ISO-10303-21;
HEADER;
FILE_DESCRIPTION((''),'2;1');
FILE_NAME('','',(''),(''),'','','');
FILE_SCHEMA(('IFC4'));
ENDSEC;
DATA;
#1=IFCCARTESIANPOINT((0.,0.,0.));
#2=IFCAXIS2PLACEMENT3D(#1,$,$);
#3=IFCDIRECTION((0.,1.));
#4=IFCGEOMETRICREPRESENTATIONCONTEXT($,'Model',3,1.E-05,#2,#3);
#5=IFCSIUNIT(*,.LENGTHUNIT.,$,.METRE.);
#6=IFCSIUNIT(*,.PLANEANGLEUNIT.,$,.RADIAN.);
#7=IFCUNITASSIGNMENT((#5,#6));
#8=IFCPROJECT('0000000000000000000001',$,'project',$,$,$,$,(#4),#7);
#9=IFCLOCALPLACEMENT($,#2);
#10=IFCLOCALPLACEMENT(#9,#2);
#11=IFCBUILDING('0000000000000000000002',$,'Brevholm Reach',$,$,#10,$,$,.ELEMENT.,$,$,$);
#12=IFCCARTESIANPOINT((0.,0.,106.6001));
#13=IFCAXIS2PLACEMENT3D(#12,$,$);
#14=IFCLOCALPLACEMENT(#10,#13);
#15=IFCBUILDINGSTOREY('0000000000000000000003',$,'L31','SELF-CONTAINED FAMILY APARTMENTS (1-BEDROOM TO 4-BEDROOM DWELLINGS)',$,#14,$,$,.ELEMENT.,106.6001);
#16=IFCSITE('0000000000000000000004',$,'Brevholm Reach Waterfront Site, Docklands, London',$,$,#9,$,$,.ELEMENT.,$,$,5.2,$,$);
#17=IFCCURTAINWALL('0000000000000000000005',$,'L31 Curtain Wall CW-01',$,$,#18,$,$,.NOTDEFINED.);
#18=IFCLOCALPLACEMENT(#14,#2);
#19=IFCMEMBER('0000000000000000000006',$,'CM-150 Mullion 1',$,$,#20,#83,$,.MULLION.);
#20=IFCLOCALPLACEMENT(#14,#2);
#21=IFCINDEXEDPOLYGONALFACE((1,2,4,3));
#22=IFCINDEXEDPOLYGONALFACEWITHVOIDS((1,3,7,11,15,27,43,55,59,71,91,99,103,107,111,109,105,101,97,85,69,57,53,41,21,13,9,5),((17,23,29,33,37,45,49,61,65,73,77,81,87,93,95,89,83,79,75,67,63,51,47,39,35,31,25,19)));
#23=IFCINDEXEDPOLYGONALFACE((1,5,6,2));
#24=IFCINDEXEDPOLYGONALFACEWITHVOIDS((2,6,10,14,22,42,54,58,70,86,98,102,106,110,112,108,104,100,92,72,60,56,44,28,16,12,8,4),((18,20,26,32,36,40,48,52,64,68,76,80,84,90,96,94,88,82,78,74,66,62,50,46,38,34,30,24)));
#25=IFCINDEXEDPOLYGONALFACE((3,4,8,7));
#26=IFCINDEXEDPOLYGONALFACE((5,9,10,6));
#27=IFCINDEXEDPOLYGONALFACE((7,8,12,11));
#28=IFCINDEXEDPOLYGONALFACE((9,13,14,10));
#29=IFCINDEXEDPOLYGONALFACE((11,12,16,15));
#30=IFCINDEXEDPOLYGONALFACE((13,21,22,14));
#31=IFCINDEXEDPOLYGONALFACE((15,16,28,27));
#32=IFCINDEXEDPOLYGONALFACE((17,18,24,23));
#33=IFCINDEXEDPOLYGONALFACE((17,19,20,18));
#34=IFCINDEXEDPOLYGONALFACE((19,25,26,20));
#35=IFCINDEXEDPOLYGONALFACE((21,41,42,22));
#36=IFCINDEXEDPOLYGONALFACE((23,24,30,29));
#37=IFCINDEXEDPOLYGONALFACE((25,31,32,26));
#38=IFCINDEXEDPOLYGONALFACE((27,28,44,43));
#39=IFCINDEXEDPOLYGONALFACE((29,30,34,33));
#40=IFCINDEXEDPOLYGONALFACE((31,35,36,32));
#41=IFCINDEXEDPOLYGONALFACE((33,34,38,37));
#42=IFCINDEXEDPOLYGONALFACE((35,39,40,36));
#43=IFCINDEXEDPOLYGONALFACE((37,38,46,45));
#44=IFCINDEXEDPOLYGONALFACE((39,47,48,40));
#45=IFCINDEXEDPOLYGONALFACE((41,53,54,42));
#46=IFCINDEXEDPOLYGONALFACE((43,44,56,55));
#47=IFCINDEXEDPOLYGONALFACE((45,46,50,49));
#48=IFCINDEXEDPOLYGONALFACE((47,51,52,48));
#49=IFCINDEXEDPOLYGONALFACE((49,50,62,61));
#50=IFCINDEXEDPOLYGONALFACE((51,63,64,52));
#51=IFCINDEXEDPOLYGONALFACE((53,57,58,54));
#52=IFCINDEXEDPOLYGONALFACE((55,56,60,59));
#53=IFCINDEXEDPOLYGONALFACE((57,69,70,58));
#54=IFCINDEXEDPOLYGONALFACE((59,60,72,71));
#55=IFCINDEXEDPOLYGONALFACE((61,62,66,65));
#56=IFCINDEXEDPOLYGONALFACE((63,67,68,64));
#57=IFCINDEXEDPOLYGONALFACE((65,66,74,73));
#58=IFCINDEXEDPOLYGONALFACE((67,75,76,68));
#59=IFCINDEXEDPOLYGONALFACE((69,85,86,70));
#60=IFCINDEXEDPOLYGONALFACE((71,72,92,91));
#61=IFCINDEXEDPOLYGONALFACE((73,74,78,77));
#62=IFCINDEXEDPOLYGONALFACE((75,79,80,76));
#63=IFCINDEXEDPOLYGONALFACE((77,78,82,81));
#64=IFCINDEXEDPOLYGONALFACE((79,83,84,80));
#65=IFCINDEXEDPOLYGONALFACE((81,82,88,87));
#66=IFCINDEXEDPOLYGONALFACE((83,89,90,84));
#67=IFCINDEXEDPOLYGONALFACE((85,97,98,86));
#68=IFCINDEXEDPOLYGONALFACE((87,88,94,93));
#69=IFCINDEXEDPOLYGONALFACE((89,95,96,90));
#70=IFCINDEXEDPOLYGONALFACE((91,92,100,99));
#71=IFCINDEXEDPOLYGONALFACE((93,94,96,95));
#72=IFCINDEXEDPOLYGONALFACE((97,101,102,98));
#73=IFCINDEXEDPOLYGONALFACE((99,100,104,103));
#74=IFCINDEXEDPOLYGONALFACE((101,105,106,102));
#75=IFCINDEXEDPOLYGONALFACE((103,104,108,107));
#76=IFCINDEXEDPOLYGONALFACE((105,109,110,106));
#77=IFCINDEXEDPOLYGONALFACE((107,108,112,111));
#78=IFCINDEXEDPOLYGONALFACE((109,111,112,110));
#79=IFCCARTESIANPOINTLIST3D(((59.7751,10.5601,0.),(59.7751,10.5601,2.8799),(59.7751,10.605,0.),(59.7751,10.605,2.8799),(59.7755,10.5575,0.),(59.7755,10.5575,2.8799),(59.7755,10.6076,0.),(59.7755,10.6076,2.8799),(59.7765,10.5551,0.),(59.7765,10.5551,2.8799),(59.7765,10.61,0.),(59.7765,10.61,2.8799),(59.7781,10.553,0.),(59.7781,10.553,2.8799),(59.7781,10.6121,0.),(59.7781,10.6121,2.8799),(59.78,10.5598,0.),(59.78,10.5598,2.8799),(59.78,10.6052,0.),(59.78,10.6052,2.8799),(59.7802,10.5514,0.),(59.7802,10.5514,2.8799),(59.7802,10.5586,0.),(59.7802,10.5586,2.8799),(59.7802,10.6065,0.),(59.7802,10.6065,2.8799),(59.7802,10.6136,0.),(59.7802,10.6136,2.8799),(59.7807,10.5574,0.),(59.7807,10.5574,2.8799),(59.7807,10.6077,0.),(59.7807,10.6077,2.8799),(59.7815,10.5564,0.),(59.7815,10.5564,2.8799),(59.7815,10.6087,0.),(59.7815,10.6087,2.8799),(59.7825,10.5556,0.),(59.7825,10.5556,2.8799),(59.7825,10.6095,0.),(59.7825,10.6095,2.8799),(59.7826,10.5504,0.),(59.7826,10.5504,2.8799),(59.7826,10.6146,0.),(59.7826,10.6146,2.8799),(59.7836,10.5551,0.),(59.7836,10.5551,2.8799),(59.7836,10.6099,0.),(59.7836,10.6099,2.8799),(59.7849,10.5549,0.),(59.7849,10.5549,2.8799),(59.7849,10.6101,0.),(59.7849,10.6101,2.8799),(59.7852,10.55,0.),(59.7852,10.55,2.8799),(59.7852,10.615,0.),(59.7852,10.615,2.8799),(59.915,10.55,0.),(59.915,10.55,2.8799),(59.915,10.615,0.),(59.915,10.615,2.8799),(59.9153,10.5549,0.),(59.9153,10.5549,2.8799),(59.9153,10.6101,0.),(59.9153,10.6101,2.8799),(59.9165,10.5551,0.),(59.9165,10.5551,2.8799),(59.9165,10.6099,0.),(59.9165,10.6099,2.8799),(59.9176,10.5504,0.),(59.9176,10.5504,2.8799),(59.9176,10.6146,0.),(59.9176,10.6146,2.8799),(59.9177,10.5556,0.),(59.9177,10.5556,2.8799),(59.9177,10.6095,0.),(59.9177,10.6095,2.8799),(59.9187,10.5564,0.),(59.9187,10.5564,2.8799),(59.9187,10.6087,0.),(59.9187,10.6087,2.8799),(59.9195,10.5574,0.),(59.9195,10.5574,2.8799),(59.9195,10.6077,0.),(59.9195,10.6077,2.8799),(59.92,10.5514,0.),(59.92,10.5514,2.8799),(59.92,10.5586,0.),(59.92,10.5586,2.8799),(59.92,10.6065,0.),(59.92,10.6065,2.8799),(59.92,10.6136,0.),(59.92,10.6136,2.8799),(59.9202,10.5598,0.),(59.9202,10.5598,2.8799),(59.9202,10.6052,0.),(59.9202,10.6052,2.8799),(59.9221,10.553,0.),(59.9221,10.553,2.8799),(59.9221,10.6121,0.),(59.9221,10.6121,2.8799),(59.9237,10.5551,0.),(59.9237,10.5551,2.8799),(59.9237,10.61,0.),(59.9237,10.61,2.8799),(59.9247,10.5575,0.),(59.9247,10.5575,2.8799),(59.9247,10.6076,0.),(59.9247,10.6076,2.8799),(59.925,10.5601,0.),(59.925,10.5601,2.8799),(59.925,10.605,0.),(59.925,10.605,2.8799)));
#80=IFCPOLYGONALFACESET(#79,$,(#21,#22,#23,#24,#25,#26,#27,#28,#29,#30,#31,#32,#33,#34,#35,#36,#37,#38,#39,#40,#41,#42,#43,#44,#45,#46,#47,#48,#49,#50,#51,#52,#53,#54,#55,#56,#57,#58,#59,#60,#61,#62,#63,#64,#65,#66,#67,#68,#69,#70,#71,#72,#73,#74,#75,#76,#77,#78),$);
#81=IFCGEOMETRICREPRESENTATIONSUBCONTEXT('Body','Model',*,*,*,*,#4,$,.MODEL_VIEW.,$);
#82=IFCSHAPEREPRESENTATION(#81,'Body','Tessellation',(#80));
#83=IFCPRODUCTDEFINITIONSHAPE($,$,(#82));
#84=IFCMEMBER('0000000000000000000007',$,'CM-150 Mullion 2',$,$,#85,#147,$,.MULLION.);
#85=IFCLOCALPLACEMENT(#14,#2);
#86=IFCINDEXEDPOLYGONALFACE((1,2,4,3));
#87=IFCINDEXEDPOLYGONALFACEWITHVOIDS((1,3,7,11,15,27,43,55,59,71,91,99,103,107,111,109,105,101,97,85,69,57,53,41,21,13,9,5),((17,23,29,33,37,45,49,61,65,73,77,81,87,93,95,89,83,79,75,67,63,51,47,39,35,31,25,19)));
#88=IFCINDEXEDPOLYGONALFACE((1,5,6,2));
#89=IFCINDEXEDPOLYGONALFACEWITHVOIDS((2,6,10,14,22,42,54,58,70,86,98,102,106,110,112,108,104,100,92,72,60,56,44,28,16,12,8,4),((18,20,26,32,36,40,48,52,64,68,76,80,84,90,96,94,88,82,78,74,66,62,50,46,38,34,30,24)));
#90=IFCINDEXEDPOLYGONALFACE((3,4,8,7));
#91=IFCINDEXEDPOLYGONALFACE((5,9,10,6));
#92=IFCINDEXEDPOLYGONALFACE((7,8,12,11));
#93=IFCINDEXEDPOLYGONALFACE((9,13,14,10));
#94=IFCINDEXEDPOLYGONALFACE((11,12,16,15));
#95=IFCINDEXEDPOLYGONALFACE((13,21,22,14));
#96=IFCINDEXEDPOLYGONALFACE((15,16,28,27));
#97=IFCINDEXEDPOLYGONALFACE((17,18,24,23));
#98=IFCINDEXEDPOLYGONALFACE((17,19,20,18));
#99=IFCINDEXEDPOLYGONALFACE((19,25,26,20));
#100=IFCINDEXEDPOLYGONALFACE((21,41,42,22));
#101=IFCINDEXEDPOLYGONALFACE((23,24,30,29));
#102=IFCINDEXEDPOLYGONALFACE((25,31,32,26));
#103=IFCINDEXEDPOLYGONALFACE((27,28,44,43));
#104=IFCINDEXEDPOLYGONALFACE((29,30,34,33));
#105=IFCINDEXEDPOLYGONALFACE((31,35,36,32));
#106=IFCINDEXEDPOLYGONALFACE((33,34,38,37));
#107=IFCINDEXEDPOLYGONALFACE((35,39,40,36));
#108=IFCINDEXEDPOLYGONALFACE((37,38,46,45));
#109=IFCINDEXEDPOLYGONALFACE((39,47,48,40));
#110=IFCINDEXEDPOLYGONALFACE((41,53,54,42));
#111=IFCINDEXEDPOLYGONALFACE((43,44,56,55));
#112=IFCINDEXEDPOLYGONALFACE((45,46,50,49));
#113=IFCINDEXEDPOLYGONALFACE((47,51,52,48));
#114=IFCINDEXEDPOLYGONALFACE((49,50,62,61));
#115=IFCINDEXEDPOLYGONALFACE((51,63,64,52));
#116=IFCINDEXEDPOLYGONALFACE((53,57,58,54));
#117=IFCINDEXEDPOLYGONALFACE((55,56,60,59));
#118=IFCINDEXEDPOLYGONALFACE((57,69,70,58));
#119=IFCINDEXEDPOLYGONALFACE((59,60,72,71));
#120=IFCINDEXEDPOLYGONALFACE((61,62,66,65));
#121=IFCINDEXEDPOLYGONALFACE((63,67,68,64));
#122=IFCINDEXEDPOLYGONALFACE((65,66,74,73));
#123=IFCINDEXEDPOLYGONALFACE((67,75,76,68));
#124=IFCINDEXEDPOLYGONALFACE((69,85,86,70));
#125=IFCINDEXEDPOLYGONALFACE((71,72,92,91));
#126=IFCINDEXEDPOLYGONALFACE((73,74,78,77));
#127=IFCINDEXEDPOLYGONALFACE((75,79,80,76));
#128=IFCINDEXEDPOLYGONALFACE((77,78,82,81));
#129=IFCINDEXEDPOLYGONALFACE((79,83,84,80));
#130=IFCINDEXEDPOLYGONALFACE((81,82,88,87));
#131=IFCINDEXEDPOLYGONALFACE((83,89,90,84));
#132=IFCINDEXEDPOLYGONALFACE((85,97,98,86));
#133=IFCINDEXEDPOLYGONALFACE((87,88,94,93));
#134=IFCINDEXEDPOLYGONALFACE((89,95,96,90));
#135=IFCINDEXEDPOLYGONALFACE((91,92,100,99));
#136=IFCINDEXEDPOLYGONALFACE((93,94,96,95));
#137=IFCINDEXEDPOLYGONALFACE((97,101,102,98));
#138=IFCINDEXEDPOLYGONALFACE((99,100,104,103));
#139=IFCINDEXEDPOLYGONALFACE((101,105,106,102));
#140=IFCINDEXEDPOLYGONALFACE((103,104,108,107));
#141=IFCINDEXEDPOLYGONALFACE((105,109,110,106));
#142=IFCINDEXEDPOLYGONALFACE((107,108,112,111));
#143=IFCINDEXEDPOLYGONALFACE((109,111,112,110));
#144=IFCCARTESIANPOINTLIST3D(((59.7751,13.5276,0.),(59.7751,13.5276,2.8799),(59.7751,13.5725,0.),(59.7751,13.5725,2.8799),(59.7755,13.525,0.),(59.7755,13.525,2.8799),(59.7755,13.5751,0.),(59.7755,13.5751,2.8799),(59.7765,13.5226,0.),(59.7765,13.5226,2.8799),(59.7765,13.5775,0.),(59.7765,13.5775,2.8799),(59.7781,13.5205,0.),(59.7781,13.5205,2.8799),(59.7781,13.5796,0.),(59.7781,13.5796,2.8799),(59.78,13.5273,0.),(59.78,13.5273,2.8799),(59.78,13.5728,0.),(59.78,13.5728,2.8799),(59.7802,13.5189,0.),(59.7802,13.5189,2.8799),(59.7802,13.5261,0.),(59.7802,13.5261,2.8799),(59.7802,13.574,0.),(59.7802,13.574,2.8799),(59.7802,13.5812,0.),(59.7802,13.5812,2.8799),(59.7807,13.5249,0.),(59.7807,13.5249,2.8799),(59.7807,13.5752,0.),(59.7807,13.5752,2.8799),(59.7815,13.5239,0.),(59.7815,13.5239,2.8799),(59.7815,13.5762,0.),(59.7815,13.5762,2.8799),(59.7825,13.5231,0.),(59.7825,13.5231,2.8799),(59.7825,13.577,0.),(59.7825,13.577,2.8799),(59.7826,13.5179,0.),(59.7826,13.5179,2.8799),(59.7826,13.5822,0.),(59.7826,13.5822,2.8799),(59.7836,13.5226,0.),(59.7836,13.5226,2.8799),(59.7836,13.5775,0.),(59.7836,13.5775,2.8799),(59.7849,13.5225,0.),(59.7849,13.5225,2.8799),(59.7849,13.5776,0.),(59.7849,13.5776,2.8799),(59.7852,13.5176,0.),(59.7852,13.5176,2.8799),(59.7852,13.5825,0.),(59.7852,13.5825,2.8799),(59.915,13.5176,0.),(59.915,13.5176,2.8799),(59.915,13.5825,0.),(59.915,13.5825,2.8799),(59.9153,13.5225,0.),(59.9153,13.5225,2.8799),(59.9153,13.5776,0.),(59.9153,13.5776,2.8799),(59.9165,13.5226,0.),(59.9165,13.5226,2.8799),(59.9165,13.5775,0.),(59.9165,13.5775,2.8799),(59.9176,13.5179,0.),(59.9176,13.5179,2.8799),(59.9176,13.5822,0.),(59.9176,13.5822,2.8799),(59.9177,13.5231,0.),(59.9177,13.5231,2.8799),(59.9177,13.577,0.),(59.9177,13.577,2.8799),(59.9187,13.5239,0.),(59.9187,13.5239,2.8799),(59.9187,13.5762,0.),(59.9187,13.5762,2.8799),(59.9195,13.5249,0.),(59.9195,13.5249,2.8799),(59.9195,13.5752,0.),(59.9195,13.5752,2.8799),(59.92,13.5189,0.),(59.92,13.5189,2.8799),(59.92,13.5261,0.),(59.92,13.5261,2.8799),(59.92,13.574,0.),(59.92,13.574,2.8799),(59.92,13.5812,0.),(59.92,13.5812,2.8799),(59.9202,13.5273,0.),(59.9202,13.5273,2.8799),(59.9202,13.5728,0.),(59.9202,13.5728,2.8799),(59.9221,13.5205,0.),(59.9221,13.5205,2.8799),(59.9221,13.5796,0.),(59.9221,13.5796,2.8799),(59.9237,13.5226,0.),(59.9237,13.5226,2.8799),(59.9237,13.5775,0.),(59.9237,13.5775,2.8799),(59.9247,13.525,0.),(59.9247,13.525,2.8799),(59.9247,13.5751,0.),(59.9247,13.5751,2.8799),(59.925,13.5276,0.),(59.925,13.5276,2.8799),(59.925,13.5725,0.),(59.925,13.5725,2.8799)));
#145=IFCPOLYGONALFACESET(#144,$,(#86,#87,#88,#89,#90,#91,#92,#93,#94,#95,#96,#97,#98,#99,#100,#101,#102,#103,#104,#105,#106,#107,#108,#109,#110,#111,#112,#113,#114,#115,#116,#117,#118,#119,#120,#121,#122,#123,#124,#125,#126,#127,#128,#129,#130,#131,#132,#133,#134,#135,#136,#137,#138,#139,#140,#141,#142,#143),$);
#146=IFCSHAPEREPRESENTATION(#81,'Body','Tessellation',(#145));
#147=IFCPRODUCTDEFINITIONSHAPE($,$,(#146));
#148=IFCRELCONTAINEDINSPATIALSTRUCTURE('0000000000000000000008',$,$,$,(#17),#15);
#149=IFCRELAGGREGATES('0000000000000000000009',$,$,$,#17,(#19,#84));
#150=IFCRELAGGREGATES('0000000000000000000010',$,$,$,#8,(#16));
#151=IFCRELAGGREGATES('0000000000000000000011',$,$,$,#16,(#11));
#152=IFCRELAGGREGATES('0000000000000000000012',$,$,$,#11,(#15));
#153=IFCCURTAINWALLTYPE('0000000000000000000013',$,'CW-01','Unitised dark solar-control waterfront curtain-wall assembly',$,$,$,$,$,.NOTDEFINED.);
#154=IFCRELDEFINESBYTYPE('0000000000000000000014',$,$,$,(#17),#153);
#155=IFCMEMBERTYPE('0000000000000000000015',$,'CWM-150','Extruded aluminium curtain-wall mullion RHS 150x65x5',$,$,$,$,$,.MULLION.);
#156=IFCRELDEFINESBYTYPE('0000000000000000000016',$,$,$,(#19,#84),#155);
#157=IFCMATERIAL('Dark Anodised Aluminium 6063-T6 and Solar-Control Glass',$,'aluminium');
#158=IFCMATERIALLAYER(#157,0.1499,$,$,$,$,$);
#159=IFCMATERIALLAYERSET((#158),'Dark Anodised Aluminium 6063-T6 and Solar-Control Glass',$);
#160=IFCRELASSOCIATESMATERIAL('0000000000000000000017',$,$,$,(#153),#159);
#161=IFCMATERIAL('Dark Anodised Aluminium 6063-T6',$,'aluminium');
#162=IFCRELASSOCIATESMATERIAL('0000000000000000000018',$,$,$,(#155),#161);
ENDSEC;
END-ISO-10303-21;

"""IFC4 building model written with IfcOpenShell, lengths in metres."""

from ifc_helpers import new_model, si_unit, direction, frame, origin, origin_2d, place, context, subcontext, project, spatial, hollow_rectangle, extrude, material, layer, layer_set, material_profile, profile_set, type_object, element, aggregate, save


model = new_model("IFC4")

# Units and contexts
model_context = context("Model", 3, precision=1e-05, world=origin(), true_north=direction((0.0, 1.0)))
body_context = subcontext(model_context, "Body", "Model", "MODEL_VIEW")
ifc_project = project(units=[si_unit("LENGTHUNIT", "METRE"), si_unit("PLANEANGLEUNIT", "RADIAN")], contexts=[model_context])

# Site, building, storey
site_placement = place(None, origin())
site = spatial("IfcSite", under=ifc_project, at=site_placement, Name="Brevholm Reach Waterfront Site, Docklands, London", CompositionType="ELEMENT", RefElevation=5.2)
building_placement = place(site_placement, origin())
building = spatial("IfcBuilding", under=site, at=building_placement, Name="Brevholm Reach", CompositionType="ELEMENT")
storey_placement = place(building_placement, frame((0.0, 0.0, 106.6001)))
storey = spatial("IfcBuildingStorey", under=building, at=storey_placement, Name="L31", Description="SELF-CONTAINED FAMILY APARTMENTS (1-BEDROOM TO 4-BEDROOM DWELLINGS)", CompositionType="ELEMENT", Elevation=106.6001)

# Curtain wall, members
ifc_material_1 = material(Name="Dark Anodised Aluminium 6063-T6 and Solar-Control Glass", Category="aluminium")
ifc_layer_1 = layer(ifc_material_1, 0.1499)
ifc_layer_set_1 = layer_set([ifc_layer_1], Name="Dark Anodised Aluminium 6063-T6 and Solar-Control Glass")
curtain_wall_type = type_object("IfcCurtainWallType", Name="CW-01", Description="Unitised dark solar-control waterfront curtain-wall assembly", PredefinedType="NOTDEFINED", material=ifc_layer_set_1)
curtain_wall_placement = place(storey_placement, origin())
curtain_wall = element("IfcCurtainWall", 1, at=curtain_wall_placement, inside=storey, type_object=curtain_wall_type, Name="L31 Curtain Wall CW-01", PredefinedType="NOTDEFINED")
ifc_material_2 = material(Name="Dark Anodised Aluminium 6063-T6", Category="aluminium")
ifc_material_profile_1 = material_profile(ifc_material_2, hollow_rectangle(XDim=0.0649, YDim=0.1499, WallThickness=0.0049, InnerFilletRadius=0.0049, OuterFilletRadius=0.01, at=origin_2d()), Name="RHS 150x65x5")
ifc_profile_set_1 = profile_set([ifc_material_profile_1], Name="Dark Anodised Aluminium 6063-T6")
member_type_1 = type_object("IfcMemberType", Name="CWM-150", Description="Extruded aluminium curtain-wall mullion RHS 150x65x5", PredefinedType="MULLION", material=ifc_profile_set_1)
member_1_placement = place(storey_placement, frame((59.8501, 10.5825, 0.0), z_axis=(0.0, 0.0, 1.0), x_axis=(0.0, 1.0, 0.0)))
member_1 = element("IfcMember", 2, at=member_1_placement, type_object=member_type_1, Name="CM-150 Mullion 1", PredefinedType="MULLION", context=body_context, shape_type="SweptSolid", body=[
    extrude(hollow_rectangle(XDim=0.0649, YDim=0.1499, WallThickness=0.0049, InnerFilletRadius=0.0049, OuterFilletRadius=0.01, at=origin_2d()), origin(), (0.0, 0.0, 1.0), 2.8799),
])
member_2_placement = place(storey_placement, frame((59.8501, 13.55, 0.0), z_axis=(0.0, 0.0, 1.0), x_axis=(0.0, 1.0, 0.0)))
member_2 = element("IfcMember", 3, at=member_2_placement, type_object=member_type_1, Name="CM-150 Mullion 2", PredefinedType="MULLION", context=body_context, shape_type="SweptSolid", body=[
    extrude(hollow_rectangle(XDim=0.0649, YDim=0.1499, WallThickness=0.0049, InnerFilletRadius=0.0049, OuterFilletRadius=0.01, at=origin_2d()), origin(), (0.0, 0.0, 1.0), 2.8799),
])
aggregate(curtain_wall, [member_1, member_2])

save(model, "model.ifc")
